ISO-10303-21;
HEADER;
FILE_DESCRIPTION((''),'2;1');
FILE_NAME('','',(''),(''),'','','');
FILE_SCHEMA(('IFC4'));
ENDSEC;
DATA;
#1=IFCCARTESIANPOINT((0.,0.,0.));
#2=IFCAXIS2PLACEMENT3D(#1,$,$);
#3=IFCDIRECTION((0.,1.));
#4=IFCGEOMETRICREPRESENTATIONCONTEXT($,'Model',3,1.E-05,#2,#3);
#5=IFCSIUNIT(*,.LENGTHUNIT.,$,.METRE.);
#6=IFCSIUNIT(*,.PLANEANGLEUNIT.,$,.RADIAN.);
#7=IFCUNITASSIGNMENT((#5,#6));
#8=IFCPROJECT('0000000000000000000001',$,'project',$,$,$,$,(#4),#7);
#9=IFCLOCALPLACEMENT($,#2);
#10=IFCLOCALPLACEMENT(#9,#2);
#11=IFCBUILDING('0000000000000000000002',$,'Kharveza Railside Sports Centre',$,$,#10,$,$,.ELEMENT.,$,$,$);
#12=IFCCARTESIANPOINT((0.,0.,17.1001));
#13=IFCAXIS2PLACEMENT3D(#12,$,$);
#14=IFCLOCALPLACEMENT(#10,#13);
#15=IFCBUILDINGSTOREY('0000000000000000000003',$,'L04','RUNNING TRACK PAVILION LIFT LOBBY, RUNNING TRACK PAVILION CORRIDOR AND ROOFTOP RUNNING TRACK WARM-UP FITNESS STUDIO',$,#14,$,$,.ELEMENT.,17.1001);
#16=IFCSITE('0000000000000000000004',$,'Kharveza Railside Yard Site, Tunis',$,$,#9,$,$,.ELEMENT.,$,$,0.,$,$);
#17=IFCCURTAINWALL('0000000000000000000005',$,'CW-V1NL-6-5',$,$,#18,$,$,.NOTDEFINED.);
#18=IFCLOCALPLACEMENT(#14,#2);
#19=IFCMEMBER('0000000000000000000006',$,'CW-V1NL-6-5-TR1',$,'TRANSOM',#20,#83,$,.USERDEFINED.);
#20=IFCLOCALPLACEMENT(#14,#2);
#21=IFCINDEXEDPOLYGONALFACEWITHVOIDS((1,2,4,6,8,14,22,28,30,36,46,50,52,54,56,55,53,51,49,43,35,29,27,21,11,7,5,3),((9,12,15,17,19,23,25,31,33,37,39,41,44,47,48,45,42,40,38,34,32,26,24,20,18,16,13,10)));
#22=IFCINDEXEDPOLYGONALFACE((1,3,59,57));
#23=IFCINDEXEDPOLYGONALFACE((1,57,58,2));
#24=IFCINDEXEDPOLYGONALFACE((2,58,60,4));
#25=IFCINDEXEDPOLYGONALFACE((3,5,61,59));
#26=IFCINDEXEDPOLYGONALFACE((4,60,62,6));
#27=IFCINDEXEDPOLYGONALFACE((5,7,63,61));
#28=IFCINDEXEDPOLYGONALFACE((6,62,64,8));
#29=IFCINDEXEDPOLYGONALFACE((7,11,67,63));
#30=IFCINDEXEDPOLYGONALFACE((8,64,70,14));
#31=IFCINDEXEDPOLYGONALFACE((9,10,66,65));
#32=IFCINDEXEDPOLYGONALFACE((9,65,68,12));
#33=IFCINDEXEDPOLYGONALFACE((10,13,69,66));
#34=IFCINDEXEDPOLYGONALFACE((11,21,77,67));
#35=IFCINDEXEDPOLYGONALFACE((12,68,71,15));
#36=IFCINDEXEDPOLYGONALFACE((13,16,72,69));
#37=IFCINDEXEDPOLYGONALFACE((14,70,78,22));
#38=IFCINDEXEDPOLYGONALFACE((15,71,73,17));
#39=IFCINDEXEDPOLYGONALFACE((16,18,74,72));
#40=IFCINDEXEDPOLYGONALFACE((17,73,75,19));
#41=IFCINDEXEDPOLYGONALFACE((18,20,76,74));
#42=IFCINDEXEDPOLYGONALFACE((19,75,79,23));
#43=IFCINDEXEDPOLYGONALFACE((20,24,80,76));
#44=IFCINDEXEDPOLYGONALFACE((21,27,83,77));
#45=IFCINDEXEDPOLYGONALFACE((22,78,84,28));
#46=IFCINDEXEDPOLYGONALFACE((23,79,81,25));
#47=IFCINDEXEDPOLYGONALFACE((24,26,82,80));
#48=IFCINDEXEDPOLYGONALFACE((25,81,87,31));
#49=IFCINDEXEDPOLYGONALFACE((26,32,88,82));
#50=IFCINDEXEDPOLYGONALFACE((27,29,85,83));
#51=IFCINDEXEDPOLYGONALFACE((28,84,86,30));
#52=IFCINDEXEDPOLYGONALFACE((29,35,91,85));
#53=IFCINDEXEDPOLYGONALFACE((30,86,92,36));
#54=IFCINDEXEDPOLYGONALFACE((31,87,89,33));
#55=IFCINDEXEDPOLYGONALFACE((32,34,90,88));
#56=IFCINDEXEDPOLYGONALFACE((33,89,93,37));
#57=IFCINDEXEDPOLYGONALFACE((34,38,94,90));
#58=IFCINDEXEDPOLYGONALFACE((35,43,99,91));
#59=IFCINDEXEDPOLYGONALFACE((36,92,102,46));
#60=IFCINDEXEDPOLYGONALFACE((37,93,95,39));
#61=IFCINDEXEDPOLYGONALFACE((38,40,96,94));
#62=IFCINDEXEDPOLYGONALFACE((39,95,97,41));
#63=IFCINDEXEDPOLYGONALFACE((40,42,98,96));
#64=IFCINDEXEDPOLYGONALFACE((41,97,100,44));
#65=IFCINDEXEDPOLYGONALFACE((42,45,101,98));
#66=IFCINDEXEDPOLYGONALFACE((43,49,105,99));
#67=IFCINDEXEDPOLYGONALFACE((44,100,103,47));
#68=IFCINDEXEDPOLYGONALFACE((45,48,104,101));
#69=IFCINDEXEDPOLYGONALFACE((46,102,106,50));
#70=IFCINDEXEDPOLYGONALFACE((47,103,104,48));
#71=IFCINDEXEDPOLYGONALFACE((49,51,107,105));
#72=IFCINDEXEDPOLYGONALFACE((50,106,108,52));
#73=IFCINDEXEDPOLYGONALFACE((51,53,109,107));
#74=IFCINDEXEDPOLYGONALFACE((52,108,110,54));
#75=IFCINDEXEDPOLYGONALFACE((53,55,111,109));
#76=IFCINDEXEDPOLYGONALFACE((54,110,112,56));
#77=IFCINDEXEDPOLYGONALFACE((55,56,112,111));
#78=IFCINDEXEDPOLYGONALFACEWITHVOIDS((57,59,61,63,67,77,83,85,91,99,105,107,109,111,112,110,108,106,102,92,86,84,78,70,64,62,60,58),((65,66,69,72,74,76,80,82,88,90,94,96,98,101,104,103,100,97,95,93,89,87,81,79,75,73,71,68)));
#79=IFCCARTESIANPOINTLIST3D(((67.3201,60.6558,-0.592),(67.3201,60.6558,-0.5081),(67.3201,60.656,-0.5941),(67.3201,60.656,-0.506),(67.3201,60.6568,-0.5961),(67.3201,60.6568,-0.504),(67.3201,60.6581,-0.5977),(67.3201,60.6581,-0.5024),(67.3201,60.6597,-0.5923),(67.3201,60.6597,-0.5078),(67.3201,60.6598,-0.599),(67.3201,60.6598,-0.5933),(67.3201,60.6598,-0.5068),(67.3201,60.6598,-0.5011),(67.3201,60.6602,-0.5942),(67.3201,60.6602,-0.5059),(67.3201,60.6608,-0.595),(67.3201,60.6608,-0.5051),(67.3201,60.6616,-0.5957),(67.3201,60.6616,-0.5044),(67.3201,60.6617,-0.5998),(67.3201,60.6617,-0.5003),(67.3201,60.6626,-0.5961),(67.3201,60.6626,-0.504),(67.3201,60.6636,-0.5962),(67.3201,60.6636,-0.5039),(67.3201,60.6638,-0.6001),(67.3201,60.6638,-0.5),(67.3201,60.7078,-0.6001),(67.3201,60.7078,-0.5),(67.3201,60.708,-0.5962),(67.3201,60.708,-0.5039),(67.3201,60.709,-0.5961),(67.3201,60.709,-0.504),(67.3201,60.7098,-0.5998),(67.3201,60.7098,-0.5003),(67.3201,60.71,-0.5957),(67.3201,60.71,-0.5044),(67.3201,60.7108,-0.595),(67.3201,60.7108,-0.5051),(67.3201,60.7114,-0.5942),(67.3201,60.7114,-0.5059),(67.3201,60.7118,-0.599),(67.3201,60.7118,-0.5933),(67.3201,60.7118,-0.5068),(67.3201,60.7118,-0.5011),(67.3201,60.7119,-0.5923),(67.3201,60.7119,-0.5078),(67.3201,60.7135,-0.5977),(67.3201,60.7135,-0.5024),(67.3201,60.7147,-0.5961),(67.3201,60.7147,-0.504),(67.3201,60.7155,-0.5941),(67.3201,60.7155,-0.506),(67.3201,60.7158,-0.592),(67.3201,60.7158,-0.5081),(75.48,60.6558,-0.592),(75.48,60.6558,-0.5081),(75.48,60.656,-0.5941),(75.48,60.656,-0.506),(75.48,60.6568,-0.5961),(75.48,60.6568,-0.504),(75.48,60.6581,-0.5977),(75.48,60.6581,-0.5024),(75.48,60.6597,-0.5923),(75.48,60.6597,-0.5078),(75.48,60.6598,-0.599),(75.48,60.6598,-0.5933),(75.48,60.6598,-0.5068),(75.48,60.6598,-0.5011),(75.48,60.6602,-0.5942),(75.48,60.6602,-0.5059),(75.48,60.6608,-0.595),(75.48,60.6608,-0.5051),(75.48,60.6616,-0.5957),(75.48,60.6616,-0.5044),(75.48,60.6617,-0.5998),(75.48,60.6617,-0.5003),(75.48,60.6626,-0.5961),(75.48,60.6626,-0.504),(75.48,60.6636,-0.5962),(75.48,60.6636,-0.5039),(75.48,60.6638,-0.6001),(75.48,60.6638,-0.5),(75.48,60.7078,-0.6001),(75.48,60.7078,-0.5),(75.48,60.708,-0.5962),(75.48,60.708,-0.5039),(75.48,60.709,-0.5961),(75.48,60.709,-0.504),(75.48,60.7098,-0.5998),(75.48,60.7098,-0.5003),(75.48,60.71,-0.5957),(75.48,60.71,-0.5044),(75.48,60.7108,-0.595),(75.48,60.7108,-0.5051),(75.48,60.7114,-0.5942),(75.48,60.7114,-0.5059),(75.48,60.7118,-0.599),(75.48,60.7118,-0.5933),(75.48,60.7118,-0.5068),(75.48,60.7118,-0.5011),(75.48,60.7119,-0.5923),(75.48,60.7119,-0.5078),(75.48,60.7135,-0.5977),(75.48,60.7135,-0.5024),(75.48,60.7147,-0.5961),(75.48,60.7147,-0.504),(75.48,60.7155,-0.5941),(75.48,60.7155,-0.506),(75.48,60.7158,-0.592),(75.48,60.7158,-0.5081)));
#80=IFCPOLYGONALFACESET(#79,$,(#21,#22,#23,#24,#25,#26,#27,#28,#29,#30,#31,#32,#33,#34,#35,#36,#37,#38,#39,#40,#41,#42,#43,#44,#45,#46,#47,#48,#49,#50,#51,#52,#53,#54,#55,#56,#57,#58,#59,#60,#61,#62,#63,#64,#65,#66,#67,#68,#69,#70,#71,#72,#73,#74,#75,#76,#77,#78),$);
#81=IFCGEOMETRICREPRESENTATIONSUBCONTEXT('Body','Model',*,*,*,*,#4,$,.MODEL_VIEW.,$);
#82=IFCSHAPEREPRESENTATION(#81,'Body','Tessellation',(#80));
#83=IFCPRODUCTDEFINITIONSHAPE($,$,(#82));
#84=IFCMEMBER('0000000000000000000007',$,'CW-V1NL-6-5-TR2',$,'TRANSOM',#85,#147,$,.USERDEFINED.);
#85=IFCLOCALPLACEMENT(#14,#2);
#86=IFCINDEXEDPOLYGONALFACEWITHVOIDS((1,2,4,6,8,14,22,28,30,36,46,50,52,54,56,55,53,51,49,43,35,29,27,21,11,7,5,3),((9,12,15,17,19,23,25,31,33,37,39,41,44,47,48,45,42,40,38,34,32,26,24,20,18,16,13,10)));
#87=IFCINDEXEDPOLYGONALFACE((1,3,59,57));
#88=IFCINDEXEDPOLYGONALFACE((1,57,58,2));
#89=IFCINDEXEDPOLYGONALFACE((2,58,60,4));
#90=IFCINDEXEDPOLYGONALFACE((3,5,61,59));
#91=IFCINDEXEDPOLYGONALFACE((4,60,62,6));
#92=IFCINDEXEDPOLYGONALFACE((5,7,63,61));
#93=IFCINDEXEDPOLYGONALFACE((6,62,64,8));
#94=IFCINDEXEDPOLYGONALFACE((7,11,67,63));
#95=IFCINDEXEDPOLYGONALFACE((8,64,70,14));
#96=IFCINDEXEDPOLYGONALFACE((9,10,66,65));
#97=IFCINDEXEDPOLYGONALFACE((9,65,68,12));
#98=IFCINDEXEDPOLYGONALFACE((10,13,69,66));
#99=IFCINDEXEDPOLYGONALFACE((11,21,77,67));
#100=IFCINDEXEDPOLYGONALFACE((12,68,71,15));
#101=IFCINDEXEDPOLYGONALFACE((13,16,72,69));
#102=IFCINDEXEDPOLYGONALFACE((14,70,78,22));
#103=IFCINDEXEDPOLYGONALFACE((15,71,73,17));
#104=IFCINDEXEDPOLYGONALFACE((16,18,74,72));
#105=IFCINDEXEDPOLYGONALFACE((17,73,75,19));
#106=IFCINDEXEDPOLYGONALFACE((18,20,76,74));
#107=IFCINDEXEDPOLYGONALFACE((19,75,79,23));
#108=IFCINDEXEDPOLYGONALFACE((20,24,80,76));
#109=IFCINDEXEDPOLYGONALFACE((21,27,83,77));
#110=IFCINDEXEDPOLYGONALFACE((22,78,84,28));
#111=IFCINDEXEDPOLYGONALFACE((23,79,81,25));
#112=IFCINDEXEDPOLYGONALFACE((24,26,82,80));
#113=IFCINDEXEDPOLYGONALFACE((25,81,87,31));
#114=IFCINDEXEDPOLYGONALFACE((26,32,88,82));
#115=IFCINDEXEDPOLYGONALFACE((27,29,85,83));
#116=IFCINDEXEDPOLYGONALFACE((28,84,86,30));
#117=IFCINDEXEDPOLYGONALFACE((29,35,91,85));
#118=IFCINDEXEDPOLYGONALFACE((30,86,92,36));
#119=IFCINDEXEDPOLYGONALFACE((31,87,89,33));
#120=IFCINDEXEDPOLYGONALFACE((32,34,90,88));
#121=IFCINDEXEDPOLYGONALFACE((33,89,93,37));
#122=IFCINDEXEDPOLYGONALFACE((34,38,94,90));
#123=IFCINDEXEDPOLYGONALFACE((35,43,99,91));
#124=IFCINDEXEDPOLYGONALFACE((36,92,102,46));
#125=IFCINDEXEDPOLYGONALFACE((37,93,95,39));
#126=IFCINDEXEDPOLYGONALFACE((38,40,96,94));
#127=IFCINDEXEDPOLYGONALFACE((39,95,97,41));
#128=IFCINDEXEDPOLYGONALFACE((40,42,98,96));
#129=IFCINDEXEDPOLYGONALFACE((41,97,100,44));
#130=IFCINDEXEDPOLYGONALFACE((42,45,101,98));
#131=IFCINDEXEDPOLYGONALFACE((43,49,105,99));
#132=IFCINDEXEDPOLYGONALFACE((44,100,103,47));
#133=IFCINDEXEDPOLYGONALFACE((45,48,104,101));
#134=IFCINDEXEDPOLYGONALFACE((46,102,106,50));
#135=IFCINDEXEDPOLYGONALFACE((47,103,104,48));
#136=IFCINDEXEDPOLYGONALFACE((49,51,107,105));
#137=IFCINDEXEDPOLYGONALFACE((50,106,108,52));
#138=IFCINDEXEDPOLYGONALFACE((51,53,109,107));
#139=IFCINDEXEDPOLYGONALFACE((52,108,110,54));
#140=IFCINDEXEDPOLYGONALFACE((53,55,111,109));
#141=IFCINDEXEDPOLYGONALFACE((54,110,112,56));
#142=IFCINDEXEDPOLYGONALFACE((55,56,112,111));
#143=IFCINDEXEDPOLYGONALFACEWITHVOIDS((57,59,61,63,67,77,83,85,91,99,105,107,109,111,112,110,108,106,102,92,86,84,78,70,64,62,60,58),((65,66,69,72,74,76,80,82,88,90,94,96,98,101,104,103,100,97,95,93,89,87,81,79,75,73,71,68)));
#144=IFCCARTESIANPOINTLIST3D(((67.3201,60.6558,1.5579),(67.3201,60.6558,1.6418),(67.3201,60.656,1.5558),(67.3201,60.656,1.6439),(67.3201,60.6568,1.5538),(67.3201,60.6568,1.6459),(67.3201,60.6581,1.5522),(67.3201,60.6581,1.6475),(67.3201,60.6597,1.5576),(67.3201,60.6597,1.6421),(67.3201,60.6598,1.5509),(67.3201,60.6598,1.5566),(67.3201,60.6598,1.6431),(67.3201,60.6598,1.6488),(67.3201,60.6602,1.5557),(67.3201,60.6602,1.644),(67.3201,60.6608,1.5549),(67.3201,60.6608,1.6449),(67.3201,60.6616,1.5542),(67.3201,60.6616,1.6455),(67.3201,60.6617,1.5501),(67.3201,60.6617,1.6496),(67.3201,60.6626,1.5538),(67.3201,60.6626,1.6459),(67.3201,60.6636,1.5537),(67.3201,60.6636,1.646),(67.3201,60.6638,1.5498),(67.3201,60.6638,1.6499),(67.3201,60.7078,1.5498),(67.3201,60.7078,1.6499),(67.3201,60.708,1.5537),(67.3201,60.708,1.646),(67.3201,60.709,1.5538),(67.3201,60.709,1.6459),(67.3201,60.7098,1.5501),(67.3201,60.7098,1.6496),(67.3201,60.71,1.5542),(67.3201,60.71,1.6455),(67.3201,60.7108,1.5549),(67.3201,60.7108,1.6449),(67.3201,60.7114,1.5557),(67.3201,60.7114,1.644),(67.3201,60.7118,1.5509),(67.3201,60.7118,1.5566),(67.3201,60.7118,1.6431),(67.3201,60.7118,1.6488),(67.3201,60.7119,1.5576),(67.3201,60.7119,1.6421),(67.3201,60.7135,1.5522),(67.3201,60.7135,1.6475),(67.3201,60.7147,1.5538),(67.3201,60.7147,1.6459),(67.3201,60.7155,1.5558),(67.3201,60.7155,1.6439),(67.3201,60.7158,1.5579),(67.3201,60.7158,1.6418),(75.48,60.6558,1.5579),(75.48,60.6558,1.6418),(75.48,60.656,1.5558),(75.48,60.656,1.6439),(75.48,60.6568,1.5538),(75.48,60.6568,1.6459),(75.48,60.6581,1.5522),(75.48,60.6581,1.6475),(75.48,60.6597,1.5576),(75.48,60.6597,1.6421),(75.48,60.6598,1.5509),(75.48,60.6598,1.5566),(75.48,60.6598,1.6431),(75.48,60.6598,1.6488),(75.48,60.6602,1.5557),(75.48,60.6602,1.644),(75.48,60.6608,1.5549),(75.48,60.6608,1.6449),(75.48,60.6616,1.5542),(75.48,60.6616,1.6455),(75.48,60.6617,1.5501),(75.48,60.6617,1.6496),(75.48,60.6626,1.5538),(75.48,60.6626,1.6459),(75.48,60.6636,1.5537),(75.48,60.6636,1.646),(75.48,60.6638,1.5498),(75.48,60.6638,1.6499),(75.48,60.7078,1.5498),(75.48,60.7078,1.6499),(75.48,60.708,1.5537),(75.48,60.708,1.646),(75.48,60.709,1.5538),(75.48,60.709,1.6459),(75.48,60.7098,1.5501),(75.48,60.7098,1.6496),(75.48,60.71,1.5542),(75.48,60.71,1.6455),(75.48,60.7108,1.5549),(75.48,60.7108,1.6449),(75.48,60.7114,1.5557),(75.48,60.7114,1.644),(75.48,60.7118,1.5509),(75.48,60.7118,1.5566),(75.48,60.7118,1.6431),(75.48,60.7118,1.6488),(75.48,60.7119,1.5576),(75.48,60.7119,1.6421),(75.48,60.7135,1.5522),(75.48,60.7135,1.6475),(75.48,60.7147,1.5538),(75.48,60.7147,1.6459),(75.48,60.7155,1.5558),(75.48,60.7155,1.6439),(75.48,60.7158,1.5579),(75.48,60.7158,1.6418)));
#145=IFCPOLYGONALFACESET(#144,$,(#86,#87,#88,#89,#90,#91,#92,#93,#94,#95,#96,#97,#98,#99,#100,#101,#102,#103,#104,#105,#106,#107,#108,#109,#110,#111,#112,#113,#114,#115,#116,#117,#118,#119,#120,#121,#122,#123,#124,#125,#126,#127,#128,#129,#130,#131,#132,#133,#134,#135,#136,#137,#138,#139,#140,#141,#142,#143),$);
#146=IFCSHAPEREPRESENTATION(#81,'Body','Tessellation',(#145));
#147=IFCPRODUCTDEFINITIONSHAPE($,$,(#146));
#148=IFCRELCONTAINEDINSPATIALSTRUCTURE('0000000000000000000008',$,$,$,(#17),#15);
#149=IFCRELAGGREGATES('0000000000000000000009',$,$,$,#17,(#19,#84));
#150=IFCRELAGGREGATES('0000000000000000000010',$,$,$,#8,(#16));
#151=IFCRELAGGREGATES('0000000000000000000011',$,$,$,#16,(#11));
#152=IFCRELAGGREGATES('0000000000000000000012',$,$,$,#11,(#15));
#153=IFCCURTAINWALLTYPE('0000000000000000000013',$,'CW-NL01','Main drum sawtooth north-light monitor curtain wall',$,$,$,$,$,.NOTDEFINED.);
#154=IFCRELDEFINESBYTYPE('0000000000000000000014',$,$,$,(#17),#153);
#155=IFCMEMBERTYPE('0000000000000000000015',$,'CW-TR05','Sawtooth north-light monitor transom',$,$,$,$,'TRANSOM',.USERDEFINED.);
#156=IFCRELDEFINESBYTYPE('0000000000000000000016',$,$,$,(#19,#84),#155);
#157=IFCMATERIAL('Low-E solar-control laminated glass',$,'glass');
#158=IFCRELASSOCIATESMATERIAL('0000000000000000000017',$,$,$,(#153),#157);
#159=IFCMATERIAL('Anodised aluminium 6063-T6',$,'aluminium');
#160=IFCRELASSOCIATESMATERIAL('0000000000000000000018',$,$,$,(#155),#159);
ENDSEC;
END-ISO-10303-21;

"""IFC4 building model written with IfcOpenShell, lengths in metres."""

from ifc_helpers import new_model, si_unit, direction, frame, origin, origin_2d, place, context, subcontext, project, spatial, hollow_rectangle, extrude, material, material_profile, profile_set, type_object, element, aggregate, save


model = new_model("IFC4")

# Units and contexts
model_context = context("Model", 3, precision=1e-05, world=origin(), true_north=direction((0.0, 1.0)))
body_context = subcontext(model_context, "Body", "Model", "MODEL_VIEW")
ifc_project = project(units=[si_unit("LENGTHUNIT", "METRE"), si_unit("PLANEANGLEUNIT", "RADIAN")], contexts=[model_context])

# Site, building, storey
site_placement = place(None, origin())
site = spatial("IfcSite", under=ifc_project, at=site_placement, Name="Kharveza Railside Yard Site, Tunis", CompositionType="ELEMENT", RefElevation=0.0)
building_placement = place(site_placement, origin())
building = spatial("IfcBuilding", under=site, at=building_placement, Name="Kharveza Railside Sports Centre", CompositionType="ELEMENT")
storey_placement = place(building_placement, frame((0.0, 0.0, 17.1001)))
storey = spatial("IfcBuildingStorey", under=building, at=storey_placement, Name="L04", Description="RUNNING TRACK PAVILION LIFT LOBBY, RUNNING TRACK PAVILION CORRIDOR AND ROOFTOP RUNNING TRACK WARM-UP FITNESS STUDIO", CompositionType="ELEMENT", Elevation=17.1001)

# Shared definitions
ifc_material_1 = material(Name="Low-E solar-control laminated glass", Category="glass")
curtain_wall_type = type_object("IfcCurtainWallType", Name="CW-NL01", Description="Main drum sawtooth north-light monitor curtain wall", PredefinedType="NOTDEFINED", material=ifc_material_1)
ifc_material_2 = material(Name="Anodised aluminium 6063-T6", Category="aluminium")

# Curtain wall
curtain_wall_1_placement = place(storey_placement, origin())
curtain_wall_1 = element("IfcCurtainWall", 1, at=curtain_wall_1_placement, inside=storey, type_object=curtain_wall_type, Name="CW-V1NL-6-5", PredefinedType="NOTDEFINED")

# Members
ifc_material_profile_1 = material_profile(ifc_material_2, hollow_rectangle(XDim=0.0601, YDim=0.1001, WallThickness=0.0039, InnerFilletRadius=0.0039, OuterFilletRadius=0.0081, at=origin_2d()), Name="RHS 60x100x4.0")
ifc_profile_set_1 = profile_set([ifc_material_profile_1], Name="Anodised aluminium 6063-T6")
member_type_1 = type_object("IfcMemberType", Name="CW-TR05", Description="Sawtooth north-light monitor transom", ElementType="TRANSOM", PredefinedType="USERDEFINED", material=ifc_profile_set_1)
member_1_placement = place(storey_placement, frame((67.3201, 60.6858, -0.55), z_axis=(1.0, 0.0, 0.0), x_axis=(0.0, 1.0, 0.0)))
member_1 = element("IfcMember", 2, at=member_1_placement, type_object=member_type_1, Name="CW-V1NL-6-5-TR1", ObjectType="TRANSOM", PredefinedType="USERDEFINED", context=body_context, shape_type="SweptSolid", body=[
    extrude(hollow_rectangle(XDim=0.0601, YDim=0.1001, WallThickness=0.0039, InnerFilletRadius=0.0039, OuterFilletRadius=0.0081, at=origin_2d()), origin(), (0.0, 0.0, 1.0), 8.1599),
])
member_2_placement = place(storey_placement, frame((67.3201, 60.6858, 1.5999), z_axis=(1.0, 0.0, 0.0), x_axis=(0.0, 1.0, 0.0)))
member_2 = element("IfcMember", 3, at=member_2_placement, type_object=member_type_1, Name="CW-V1NL-6-5-TR2", ObjectType="TRANSOM", PredefinedType="USERDEFINED", context=body_context, shape_type="SweptSolid", body=[
    extrude(hollow_rectangle(XDim=0.0601, YDim=0.1001, WallThickness=0.0039, InnerFilletRadius=0.0039, OuterFilletRadius=0.0081, at=origin_2d()), origin(), (0.0, 0.0, 1.0), 8.1599),
])

aggregate(curtain_wall_1, [member_1, member_2])

save(model, "model.ifc")
